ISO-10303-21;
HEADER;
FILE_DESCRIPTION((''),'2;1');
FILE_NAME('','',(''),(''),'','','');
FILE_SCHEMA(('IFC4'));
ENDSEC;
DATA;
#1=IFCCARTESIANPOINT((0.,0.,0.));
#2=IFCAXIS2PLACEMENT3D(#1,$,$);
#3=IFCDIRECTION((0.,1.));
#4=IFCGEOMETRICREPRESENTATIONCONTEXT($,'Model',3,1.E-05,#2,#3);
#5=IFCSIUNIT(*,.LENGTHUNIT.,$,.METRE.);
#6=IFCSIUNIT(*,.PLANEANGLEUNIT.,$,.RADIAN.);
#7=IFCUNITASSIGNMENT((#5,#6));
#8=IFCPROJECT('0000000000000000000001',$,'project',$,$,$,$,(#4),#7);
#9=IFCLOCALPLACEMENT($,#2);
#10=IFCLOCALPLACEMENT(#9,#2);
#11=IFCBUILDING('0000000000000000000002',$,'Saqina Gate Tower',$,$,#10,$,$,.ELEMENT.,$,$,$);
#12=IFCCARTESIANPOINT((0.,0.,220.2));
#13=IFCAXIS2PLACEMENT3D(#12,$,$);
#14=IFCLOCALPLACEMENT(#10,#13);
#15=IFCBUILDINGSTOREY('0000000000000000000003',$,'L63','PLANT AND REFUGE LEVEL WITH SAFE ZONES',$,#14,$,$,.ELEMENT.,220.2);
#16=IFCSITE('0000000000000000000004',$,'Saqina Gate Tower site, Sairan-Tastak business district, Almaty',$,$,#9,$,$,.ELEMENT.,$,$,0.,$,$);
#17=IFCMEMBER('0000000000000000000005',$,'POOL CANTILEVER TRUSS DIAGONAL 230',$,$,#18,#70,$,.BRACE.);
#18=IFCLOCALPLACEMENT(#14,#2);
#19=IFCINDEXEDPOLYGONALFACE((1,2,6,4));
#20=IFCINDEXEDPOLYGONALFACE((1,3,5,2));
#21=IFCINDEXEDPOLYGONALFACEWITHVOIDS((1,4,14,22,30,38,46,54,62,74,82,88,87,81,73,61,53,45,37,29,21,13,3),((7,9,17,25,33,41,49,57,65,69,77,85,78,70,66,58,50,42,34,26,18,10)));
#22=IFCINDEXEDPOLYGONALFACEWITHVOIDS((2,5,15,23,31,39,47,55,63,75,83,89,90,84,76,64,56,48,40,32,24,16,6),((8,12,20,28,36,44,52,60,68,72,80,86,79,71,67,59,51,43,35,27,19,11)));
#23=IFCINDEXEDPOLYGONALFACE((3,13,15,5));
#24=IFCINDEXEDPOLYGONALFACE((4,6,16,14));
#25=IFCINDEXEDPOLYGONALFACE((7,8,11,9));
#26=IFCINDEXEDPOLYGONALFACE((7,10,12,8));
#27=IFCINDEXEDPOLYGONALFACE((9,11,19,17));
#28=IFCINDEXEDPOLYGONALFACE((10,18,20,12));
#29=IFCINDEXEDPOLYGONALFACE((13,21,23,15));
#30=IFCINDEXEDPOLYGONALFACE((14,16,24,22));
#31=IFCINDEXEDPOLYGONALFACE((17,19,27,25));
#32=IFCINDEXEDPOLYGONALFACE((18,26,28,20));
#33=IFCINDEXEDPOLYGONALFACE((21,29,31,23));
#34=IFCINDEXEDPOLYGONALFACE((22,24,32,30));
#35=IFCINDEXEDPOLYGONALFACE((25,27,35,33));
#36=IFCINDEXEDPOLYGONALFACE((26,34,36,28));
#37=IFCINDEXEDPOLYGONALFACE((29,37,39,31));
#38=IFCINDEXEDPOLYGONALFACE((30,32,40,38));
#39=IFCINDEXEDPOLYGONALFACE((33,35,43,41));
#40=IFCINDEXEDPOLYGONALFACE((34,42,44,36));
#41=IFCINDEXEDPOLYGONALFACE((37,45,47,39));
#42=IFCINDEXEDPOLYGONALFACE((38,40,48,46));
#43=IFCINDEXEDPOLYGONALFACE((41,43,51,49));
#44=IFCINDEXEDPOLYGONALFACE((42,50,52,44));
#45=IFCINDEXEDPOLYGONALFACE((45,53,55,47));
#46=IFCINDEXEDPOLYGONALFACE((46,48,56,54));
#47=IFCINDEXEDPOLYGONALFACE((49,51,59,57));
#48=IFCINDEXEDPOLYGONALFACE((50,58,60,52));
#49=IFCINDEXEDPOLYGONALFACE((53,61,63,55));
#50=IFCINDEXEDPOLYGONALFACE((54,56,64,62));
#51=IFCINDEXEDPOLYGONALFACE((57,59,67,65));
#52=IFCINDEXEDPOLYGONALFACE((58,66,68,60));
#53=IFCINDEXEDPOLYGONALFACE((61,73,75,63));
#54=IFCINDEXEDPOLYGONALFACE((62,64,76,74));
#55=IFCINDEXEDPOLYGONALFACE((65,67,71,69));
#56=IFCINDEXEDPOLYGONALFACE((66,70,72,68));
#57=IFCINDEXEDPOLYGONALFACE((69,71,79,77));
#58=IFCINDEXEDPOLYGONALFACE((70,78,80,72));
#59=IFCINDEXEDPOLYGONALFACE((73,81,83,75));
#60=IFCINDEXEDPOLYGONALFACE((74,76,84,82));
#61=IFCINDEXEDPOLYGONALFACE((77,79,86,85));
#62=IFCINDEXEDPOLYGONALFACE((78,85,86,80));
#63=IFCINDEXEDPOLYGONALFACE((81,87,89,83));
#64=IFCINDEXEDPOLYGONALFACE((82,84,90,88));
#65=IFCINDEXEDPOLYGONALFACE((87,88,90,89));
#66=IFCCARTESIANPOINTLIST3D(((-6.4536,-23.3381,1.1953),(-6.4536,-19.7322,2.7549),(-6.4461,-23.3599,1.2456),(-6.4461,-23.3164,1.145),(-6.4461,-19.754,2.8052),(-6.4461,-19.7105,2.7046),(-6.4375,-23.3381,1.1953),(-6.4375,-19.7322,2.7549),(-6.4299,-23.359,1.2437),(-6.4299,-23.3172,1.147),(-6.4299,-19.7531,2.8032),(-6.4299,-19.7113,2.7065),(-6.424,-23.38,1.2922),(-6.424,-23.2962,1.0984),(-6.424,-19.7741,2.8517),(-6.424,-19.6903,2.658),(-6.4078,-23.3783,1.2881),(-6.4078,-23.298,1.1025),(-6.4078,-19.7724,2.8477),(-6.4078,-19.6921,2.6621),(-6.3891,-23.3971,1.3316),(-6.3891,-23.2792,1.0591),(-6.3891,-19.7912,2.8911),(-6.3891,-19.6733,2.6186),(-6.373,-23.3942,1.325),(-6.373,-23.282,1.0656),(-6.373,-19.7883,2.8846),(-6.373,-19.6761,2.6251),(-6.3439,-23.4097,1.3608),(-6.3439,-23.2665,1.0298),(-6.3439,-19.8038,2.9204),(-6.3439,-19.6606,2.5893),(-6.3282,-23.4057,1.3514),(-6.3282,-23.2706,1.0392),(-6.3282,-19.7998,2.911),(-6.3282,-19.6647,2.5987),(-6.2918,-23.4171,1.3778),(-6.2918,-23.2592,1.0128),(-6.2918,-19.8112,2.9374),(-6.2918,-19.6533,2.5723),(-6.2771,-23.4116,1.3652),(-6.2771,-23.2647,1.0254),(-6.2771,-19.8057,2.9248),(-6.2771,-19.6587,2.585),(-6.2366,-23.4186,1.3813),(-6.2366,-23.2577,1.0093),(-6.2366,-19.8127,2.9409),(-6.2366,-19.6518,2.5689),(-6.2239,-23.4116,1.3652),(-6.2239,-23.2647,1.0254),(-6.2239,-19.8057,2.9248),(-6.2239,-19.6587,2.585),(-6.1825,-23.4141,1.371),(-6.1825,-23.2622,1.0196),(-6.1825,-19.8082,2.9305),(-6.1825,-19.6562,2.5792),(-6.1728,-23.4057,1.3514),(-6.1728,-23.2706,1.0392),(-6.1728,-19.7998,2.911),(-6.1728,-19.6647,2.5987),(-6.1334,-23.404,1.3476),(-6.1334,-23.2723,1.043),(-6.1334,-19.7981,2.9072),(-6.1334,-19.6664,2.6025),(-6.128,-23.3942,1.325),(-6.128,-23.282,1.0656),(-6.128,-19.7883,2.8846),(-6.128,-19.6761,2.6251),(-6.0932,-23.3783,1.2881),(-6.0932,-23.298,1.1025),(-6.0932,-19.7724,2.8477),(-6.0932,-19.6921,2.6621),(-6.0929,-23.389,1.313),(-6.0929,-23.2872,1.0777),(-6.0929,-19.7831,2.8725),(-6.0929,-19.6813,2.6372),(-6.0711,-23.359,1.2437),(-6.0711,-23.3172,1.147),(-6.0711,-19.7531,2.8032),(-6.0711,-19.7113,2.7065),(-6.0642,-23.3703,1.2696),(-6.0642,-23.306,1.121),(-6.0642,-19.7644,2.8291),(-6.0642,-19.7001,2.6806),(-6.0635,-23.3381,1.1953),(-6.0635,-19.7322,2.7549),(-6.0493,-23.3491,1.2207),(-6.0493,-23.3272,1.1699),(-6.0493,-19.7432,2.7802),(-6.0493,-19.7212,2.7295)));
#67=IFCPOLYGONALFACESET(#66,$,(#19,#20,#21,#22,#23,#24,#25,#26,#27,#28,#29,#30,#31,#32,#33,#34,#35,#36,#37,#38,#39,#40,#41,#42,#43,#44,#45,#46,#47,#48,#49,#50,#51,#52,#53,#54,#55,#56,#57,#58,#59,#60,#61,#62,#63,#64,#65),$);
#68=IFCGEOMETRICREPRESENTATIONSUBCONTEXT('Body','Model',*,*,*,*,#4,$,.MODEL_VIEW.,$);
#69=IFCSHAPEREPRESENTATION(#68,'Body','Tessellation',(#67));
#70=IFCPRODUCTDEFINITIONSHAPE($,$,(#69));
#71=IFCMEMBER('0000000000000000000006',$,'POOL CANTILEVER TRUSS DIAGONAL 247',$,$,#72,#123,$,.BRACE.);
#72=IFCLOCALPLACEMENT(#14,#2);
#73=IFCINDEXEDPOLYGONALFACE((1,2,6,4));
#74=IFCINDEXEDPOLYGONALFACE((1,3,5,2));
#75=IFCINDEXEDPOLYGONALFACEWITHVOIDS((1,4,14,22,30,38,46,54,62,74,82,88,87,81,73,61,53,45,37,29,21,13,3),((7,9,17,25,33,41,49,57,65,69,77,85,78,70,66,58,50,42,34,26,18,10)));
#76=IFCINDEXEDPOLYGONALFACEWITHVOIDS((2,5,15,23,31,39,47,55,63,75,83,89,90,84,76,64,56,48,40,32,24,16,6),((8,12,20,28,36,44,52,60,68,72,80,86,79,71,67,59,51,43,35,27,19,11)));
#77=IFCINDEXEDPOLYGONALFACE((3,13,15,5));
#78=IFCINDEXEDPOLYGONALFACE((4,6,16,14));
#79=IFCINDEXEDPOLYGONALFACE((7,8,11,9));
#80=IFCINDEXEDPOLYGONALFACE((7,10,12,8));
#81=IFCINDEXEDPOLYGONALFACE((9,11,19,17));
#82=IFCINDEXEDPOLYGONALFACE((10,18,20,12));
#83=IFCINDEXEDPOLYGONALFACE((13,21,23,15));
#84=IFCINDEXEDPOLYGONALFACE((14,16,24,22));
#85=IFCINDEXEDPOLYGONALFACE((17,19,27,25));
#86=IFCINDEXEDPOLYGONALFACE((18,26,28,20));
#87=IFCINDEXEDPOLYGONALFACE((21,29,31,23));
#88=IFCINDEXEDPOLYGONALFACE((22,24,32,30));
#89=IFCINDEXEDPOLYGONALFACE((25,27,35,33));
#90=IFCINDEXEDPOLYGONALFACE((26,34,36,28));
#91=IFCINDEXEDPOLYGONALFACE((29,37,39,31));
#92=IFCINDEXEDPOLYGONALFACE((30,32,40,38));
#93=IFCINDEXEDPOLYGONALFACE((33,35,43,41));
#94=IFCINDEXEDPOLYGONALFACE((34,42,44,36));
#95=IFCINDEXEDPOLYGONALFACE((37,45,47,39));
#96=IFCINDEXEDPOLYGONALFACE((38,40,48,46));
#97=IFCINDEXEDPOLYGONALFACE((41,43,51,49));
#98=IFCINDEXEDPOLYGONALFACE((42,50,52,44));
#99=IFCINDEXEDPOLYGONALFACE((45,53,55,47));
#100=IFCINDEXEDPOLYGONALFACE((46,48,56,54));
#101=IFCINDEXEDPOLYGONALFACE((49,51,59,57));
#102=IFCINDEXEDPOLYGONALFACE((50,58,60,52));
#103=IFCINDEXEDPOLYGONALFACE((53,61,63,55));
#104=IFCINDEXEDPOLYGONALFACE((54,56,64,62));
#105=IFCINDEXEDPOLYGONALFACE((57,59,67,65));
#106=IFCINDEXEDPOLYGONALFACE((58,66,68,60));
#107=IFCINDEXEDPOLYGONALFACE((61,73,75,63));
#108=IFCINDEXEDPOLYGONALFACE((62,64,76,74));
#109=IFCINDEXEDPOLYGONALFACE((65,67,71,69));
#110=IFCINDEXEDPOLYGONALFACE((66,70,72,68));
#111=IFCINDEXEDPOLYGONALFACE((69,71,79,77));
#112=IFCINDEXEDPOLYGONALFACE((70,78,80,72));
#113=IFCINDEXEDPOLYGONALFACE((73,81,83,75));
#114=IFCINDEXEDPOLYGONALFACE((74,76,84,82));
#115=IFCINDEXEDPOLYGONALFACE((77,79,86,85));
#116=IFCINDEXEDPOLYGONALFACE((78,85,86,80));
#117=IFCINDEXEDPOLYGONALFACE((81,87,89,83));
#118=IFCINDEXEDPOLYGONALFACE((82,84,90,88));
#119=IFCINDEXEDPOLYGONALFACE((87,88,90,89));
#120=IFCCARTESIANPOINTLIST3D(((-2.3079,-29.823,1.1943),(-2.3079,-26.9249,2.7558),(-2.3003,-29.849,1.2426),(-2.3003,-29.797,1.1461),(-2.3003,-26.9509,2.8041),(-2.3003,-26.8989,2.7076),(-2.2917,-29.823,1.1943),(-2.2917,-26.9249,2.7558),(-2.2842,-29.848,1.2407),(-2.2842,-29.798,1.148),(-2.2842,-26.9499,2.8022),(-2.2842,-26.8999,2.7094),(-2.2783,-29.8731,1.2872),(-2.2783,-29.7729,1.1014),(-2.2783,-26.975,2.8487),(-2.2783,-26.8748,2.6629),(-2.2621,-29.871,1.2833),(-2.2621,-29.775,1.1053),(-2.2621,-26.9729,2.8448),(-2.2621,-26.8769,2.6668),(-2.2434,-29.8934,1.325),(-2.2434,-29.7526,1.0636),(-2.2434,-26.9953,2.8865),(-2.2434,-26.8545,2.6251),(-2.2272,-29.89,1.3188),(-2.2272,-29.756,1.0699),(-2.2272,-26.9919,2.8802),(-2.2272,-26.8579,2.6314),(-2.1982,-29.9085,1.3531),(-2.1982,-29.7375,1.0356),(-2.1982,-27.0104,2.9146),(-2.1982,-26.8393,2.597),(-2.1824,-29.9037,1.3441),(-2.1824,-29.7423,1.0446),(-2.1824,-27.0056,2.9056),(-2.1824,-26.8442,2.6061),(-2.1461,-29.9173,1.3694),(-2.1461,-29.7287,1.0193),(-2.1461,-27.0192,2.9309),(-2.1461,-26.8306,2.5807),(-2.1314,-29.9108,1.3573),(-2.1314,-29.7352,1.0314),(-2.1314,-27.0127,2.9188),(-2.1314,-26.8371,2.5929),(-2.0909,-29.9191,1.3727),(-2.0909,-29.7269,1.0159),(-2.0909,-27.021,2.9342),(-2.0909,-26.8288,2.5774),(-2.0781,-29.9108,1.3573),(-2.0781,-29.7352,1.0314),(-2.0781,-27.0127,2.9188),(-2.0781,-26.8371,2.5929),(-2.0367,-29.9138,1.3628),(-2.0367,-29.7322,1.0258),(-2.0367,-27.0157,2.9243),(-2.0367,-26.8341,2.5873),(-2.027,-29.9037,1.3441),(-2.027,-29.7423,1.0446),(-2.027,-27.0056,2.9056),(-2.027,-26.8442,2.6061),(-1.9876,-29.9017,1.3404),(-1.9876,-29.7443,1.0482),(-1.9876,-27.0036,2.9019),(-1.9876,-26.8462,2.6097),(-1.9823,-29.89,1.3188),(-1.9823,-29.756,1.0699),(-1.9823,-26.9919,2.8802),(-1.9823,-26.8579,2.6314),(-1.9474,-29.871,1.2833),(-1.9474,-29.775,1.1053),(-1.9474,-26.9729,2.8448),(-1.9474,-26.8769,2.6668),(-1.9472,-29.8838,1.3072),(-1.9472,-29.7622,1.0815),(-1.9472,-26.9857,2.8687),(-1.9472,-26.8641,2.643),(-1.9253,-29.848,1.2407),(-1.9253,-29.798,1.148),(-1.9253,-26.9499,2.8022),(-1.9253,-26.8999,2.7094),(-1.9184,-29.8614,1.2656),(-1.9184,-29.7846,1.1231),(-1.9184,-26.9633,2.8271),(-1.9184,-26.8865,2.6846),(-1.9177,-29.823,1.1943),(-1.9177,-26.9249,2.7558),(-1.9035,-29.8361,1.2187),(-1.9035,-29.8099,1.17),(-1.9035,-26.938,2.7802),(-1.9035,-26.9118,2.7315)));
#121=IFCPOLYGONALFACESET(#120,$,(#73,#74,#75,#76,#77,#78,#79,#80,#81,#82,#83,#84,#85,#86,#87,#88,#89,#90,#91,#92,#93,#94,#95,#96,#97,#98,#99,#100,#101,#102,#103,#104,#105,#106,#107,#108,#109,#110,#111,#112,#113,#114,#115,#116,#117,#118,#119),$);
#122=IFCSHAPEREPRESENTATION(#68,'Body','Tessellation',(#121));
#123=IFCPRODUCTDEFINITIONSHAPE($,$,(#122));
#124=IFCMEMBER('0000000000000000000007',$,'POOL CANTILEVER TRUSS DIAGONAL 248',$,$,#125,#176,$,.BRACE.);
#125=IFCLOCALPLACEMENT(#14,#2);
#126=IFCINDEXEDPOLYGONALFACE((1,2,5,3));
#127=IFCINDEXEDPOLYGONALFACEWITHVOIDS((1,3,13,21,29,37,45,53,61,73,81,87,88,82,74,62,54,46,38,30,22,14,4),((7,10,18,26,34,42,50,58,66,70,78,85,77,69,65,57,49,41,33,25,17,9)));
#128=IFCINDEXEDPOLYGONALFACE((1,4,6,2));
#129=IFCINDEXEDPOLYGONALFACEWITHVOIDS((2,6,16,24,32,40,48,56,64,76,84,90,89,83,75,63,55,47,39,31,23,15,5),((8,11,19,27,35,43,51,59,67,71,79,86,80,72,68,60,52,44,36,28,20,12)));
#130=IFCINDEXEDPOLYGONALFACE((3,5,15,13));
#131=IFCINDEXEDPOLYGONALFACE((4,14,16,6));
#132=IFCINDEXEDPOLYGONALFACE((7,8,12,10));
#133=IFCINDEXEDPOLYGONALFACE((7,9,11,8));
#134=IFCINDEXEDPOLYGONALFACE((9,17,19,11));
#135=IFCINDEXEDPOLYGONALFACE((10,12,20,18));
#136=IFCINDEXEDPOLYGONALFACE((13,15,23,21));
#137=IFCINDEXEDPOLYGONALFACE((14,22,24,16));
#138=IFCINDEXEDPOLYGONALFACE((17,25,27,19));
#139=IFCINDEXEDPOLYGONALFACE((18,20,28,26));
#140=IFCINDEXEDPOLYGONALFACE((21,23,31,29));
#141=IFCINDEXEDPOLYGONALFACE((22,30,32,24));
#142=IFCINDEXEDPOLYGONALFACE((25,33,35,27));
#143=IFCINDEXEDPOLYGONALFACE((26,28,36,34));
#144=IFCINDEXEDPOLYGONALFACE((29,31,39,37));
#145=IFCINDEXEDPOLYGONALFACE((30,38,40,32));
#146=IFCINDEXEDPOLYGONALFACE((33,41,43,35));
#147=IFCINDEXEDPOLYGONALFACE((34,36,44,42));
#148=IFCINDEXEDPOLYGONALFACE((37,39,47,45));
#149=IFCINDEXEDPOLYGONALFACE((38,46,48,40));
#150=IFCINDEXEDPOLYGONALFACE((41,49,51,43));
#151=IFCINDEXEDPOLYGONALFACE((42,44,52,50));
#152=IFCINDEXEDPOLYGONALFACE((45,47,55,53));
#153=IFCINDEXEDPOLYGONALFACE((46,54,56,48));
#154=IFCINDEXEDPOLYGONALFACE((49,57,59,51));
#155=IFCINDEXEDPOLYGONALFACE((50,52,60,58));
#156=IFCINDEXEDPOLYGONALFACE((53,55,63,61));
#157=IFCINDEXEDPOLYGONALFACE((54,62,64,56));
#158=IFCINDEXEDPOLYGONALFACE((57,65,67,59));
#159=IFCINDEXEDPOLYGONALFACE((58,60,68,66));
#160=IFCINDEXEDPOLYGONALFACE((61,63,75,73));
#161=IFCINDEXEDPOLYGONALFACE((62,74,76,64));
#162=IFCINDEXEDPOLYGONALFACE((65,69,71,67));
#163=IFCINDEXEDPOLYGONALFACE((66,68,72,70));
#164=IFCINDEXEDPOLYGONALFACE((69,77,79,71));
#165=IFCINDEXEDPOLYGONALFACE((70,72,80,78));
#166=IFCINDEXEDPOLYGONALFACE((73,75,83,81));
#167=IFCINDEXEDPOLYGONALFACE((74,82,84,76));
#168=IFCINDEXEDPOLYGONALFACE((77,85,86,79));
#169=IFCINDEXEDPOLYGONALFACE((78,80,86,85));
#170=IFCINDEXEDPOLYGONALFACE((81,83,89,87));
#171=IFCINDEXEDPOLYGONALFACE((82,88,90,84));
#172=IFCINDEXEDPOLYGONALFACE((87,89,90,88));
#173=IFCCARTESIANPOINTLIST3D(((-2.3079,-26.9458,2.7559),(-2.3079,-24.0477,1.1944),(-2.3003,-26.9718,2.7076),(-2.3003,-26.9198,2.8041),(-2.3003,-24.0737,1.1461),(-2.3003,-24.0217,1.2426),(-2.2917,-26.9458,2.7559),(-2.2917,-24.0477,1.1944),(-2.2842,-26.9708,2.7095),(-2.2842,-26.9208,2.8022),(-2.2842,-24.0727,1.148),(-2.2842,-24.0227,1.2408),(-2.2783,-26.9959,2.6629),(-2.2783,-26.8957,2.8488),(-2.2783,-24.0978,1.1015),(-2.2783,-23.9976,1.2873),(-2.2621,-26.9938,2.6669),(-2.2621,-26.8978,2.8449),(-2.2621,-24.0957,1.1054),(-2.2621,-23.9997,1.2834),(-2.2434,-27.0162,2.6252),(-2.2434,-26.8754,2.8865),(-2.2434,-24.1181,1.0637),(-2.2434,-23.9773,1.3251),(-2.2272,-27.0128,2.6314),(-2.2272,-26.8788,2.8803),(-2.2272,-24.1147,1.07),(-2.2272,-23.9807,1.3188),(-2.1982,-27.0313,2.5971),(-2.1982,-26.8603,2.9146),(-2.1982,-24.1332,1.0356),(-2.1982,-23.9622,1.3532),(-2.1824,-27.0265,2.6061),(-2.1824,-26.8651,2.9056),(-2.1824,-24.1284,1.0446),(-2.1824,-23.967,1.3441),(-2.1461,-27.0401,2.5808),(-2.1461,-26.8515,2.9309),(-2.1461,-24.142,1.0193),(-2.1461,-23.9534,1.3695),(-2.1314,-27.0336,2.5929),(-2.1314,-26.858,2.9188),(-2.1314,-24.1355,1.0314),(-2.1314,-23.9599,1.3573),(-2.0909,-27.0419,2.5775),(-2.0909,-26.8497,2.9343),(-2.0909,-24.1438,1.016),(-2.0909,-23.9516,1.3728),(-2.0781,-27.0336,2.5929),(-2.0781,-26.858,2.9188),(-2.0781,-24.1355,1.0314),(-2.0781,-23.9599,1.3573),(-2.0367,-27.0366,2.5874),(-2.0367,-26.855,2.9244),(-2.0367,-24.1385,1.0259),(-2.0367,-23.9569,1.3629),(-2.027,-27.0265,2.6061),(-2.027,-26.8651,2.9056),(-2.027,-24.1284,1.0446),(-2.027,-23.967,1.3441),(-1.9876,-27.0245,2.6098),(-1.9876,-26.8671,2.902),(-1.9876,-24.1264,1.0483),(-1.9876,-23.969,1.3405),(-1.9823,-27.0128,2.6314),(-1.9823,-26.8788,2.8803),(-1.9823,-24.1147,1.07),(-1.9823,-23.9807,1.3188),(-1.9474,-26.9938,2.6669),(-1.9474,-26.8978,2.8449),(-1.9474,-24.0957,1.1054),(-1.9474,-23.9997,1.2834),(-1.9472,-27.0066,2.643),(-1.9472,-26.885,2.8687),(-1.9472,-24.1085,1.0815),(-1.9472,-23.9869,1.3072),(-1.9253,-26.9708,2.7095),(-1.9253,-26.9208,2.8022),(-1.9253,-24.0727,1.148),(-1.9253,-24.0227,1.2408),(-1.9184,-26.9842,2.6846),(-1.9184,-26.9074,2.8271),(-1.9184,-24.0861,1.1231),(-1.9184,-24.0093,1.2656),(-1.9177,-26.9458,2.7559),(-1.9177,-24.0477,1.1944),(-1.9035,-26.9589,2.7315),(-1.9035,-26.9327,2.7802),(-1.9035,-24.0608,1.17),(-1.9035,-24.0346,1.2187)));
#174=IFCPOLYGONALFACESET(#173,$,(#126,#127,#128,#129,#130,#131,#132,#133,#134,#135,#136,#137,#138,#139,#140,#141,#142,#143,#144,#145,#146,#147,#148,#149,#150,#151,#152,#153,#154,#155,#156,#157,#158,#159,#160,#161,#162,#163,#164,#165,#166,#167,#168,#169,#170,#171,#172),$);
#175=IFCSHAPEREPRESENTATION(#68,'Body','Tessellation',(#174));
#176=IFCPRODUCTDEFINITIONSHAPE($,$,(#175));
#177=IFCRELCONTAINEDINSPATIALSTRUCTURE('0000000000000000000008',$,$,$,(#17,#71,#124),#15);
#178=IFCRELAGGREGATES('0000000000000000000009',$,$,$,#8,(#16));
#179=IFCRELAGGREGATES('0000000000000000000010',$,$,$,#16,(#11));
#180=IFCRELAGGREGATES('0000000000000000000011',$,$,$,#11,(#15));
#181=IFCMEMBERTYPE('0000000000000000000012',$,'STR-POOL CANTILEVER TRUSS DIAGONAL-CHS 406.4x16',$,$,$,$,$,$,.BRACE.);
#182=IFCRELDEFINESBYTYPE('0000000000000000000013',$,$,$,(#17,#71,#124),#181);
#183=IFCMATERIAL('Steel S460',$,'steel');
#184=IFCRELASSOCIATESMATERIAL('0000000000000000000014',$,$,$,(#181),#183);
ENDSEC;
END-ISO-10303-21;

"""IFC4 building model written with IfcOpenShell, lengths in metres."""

from ifc_helpers import new_model, si_unit, direction, frame, origin, origin_2d, place, context, subcontext, project, spatial, hollow_circle, extrude, material, material_profile, profile_set, type_object, element, save


model = new_model("IFC4")

# Units and contexts
model_context = context("Model", 3, precision=1e-05, world=origin(), true_north=direction((0.0, 1.0)))
body_context = subcontext(model_context, "Body", "Model", "MODEL_VIEW")
ifc_project = project(units=[si_unit("LENGTHUNIT", "METRE"), si_unit("PLANEANGLEUNIT", "RADIAN")], contexts=[model_context])

# Site, building, storey
site_placement = place(None, origin())
site = spatial("IfcSite", under=ifc_project, at=site_placement, Name="Saqina Gate Tower site, Sairan-Tastak business district, Almaty", CompositionType="ELEMENT", RefElevation=0.0)
building_placement = place(site_placement, origin())
building = spatial("IfcBuilding", under=site, at=building_placement, Name="Saqina Gate Tower", CompositionType="ELEMENT")
storey_placement = place(building_placement, frame((0.0, 0.0, 220.2)))
storey = spatial("IfcBuildingStorey", under=building, at=storey_placement, Name="L63", Description="PLANT AND REFUGE LEVEL WITH SAFE ZONES", CompositionType="ELEMENT", Elevation=220.2)

# Members
ifc_material_1 = material(Name="Steel S460", Category="steel")
ifc_material_profile_1 = material_profile(ifc_material_1, hollow_circle(Radius=0.2031, WallThickness=0.0161, at=origin_2d()), Name="CHS 406.4x16")
ifc_profile_set_1 = profile_set([ifc_material_profile_1], Name="Steel S460")
member_type_1 = type_object("IfcMemberType", Name="STR-POOL CANTILEVER TRUSS DIAGONAL-CHS 406.4x16", PredefinedType="BRACE", material=ifc_profile_set_1)
member_1_placement = place(storey_placement, frame((-6.2505, -23.3381, 1.1953), z_axis=(0.0, 0.917835, 0.396962), x_axis=(-1.0, 0.0, 0.0)))
element("IfcMember", 1, at=member_1_placement, inside=storey, type_object=member_type_1, Name="POOL CANTILEVER TRUSS DIAGONAL 230", PredefinedType="BRACE", context=body_context, shape_type="SweptSolid", body=[
    extrude(hollow_circle(Radius=0.2031, WallThickness=0.0161, at=origin_2d()), origin(), (0.0, 0.0, 1.0), 3.9287),
])
for number, where, z_axis, x_axis, name in (
    (2, (-2.1047, -29.823, 1.1943), (0.0, 0.88035, 0.474325), (-1.0, 0.0, 0.0), "POOL CANTILEVER TRUSS DIAGONAL 247"),
    (3, (-2.1047, -26.9458, 2.7559), (0.0, 0.88035, -0.474325), (-1.0, 0.0, 0.0), "POOL CANTILEVER TRUSS DIAGONAL 248"),
):
    element("IfcMember", number, at=place(storey_placement, frame(where, z_axis=z_axis, x_axis=x_axis)), inside=storey, type_object=member_type_1, Name=name, PredefinedType="BRACE", context=body_context, shape_type="SweptSolid", body=[
        extrude(hollow_circle(Radius=0.2031, WallThickness=0.0161, at=origin_2d()), origin(), (0.0, 0.0, 1.0), 3.292),
    ])

save(model, "model.ifc")
